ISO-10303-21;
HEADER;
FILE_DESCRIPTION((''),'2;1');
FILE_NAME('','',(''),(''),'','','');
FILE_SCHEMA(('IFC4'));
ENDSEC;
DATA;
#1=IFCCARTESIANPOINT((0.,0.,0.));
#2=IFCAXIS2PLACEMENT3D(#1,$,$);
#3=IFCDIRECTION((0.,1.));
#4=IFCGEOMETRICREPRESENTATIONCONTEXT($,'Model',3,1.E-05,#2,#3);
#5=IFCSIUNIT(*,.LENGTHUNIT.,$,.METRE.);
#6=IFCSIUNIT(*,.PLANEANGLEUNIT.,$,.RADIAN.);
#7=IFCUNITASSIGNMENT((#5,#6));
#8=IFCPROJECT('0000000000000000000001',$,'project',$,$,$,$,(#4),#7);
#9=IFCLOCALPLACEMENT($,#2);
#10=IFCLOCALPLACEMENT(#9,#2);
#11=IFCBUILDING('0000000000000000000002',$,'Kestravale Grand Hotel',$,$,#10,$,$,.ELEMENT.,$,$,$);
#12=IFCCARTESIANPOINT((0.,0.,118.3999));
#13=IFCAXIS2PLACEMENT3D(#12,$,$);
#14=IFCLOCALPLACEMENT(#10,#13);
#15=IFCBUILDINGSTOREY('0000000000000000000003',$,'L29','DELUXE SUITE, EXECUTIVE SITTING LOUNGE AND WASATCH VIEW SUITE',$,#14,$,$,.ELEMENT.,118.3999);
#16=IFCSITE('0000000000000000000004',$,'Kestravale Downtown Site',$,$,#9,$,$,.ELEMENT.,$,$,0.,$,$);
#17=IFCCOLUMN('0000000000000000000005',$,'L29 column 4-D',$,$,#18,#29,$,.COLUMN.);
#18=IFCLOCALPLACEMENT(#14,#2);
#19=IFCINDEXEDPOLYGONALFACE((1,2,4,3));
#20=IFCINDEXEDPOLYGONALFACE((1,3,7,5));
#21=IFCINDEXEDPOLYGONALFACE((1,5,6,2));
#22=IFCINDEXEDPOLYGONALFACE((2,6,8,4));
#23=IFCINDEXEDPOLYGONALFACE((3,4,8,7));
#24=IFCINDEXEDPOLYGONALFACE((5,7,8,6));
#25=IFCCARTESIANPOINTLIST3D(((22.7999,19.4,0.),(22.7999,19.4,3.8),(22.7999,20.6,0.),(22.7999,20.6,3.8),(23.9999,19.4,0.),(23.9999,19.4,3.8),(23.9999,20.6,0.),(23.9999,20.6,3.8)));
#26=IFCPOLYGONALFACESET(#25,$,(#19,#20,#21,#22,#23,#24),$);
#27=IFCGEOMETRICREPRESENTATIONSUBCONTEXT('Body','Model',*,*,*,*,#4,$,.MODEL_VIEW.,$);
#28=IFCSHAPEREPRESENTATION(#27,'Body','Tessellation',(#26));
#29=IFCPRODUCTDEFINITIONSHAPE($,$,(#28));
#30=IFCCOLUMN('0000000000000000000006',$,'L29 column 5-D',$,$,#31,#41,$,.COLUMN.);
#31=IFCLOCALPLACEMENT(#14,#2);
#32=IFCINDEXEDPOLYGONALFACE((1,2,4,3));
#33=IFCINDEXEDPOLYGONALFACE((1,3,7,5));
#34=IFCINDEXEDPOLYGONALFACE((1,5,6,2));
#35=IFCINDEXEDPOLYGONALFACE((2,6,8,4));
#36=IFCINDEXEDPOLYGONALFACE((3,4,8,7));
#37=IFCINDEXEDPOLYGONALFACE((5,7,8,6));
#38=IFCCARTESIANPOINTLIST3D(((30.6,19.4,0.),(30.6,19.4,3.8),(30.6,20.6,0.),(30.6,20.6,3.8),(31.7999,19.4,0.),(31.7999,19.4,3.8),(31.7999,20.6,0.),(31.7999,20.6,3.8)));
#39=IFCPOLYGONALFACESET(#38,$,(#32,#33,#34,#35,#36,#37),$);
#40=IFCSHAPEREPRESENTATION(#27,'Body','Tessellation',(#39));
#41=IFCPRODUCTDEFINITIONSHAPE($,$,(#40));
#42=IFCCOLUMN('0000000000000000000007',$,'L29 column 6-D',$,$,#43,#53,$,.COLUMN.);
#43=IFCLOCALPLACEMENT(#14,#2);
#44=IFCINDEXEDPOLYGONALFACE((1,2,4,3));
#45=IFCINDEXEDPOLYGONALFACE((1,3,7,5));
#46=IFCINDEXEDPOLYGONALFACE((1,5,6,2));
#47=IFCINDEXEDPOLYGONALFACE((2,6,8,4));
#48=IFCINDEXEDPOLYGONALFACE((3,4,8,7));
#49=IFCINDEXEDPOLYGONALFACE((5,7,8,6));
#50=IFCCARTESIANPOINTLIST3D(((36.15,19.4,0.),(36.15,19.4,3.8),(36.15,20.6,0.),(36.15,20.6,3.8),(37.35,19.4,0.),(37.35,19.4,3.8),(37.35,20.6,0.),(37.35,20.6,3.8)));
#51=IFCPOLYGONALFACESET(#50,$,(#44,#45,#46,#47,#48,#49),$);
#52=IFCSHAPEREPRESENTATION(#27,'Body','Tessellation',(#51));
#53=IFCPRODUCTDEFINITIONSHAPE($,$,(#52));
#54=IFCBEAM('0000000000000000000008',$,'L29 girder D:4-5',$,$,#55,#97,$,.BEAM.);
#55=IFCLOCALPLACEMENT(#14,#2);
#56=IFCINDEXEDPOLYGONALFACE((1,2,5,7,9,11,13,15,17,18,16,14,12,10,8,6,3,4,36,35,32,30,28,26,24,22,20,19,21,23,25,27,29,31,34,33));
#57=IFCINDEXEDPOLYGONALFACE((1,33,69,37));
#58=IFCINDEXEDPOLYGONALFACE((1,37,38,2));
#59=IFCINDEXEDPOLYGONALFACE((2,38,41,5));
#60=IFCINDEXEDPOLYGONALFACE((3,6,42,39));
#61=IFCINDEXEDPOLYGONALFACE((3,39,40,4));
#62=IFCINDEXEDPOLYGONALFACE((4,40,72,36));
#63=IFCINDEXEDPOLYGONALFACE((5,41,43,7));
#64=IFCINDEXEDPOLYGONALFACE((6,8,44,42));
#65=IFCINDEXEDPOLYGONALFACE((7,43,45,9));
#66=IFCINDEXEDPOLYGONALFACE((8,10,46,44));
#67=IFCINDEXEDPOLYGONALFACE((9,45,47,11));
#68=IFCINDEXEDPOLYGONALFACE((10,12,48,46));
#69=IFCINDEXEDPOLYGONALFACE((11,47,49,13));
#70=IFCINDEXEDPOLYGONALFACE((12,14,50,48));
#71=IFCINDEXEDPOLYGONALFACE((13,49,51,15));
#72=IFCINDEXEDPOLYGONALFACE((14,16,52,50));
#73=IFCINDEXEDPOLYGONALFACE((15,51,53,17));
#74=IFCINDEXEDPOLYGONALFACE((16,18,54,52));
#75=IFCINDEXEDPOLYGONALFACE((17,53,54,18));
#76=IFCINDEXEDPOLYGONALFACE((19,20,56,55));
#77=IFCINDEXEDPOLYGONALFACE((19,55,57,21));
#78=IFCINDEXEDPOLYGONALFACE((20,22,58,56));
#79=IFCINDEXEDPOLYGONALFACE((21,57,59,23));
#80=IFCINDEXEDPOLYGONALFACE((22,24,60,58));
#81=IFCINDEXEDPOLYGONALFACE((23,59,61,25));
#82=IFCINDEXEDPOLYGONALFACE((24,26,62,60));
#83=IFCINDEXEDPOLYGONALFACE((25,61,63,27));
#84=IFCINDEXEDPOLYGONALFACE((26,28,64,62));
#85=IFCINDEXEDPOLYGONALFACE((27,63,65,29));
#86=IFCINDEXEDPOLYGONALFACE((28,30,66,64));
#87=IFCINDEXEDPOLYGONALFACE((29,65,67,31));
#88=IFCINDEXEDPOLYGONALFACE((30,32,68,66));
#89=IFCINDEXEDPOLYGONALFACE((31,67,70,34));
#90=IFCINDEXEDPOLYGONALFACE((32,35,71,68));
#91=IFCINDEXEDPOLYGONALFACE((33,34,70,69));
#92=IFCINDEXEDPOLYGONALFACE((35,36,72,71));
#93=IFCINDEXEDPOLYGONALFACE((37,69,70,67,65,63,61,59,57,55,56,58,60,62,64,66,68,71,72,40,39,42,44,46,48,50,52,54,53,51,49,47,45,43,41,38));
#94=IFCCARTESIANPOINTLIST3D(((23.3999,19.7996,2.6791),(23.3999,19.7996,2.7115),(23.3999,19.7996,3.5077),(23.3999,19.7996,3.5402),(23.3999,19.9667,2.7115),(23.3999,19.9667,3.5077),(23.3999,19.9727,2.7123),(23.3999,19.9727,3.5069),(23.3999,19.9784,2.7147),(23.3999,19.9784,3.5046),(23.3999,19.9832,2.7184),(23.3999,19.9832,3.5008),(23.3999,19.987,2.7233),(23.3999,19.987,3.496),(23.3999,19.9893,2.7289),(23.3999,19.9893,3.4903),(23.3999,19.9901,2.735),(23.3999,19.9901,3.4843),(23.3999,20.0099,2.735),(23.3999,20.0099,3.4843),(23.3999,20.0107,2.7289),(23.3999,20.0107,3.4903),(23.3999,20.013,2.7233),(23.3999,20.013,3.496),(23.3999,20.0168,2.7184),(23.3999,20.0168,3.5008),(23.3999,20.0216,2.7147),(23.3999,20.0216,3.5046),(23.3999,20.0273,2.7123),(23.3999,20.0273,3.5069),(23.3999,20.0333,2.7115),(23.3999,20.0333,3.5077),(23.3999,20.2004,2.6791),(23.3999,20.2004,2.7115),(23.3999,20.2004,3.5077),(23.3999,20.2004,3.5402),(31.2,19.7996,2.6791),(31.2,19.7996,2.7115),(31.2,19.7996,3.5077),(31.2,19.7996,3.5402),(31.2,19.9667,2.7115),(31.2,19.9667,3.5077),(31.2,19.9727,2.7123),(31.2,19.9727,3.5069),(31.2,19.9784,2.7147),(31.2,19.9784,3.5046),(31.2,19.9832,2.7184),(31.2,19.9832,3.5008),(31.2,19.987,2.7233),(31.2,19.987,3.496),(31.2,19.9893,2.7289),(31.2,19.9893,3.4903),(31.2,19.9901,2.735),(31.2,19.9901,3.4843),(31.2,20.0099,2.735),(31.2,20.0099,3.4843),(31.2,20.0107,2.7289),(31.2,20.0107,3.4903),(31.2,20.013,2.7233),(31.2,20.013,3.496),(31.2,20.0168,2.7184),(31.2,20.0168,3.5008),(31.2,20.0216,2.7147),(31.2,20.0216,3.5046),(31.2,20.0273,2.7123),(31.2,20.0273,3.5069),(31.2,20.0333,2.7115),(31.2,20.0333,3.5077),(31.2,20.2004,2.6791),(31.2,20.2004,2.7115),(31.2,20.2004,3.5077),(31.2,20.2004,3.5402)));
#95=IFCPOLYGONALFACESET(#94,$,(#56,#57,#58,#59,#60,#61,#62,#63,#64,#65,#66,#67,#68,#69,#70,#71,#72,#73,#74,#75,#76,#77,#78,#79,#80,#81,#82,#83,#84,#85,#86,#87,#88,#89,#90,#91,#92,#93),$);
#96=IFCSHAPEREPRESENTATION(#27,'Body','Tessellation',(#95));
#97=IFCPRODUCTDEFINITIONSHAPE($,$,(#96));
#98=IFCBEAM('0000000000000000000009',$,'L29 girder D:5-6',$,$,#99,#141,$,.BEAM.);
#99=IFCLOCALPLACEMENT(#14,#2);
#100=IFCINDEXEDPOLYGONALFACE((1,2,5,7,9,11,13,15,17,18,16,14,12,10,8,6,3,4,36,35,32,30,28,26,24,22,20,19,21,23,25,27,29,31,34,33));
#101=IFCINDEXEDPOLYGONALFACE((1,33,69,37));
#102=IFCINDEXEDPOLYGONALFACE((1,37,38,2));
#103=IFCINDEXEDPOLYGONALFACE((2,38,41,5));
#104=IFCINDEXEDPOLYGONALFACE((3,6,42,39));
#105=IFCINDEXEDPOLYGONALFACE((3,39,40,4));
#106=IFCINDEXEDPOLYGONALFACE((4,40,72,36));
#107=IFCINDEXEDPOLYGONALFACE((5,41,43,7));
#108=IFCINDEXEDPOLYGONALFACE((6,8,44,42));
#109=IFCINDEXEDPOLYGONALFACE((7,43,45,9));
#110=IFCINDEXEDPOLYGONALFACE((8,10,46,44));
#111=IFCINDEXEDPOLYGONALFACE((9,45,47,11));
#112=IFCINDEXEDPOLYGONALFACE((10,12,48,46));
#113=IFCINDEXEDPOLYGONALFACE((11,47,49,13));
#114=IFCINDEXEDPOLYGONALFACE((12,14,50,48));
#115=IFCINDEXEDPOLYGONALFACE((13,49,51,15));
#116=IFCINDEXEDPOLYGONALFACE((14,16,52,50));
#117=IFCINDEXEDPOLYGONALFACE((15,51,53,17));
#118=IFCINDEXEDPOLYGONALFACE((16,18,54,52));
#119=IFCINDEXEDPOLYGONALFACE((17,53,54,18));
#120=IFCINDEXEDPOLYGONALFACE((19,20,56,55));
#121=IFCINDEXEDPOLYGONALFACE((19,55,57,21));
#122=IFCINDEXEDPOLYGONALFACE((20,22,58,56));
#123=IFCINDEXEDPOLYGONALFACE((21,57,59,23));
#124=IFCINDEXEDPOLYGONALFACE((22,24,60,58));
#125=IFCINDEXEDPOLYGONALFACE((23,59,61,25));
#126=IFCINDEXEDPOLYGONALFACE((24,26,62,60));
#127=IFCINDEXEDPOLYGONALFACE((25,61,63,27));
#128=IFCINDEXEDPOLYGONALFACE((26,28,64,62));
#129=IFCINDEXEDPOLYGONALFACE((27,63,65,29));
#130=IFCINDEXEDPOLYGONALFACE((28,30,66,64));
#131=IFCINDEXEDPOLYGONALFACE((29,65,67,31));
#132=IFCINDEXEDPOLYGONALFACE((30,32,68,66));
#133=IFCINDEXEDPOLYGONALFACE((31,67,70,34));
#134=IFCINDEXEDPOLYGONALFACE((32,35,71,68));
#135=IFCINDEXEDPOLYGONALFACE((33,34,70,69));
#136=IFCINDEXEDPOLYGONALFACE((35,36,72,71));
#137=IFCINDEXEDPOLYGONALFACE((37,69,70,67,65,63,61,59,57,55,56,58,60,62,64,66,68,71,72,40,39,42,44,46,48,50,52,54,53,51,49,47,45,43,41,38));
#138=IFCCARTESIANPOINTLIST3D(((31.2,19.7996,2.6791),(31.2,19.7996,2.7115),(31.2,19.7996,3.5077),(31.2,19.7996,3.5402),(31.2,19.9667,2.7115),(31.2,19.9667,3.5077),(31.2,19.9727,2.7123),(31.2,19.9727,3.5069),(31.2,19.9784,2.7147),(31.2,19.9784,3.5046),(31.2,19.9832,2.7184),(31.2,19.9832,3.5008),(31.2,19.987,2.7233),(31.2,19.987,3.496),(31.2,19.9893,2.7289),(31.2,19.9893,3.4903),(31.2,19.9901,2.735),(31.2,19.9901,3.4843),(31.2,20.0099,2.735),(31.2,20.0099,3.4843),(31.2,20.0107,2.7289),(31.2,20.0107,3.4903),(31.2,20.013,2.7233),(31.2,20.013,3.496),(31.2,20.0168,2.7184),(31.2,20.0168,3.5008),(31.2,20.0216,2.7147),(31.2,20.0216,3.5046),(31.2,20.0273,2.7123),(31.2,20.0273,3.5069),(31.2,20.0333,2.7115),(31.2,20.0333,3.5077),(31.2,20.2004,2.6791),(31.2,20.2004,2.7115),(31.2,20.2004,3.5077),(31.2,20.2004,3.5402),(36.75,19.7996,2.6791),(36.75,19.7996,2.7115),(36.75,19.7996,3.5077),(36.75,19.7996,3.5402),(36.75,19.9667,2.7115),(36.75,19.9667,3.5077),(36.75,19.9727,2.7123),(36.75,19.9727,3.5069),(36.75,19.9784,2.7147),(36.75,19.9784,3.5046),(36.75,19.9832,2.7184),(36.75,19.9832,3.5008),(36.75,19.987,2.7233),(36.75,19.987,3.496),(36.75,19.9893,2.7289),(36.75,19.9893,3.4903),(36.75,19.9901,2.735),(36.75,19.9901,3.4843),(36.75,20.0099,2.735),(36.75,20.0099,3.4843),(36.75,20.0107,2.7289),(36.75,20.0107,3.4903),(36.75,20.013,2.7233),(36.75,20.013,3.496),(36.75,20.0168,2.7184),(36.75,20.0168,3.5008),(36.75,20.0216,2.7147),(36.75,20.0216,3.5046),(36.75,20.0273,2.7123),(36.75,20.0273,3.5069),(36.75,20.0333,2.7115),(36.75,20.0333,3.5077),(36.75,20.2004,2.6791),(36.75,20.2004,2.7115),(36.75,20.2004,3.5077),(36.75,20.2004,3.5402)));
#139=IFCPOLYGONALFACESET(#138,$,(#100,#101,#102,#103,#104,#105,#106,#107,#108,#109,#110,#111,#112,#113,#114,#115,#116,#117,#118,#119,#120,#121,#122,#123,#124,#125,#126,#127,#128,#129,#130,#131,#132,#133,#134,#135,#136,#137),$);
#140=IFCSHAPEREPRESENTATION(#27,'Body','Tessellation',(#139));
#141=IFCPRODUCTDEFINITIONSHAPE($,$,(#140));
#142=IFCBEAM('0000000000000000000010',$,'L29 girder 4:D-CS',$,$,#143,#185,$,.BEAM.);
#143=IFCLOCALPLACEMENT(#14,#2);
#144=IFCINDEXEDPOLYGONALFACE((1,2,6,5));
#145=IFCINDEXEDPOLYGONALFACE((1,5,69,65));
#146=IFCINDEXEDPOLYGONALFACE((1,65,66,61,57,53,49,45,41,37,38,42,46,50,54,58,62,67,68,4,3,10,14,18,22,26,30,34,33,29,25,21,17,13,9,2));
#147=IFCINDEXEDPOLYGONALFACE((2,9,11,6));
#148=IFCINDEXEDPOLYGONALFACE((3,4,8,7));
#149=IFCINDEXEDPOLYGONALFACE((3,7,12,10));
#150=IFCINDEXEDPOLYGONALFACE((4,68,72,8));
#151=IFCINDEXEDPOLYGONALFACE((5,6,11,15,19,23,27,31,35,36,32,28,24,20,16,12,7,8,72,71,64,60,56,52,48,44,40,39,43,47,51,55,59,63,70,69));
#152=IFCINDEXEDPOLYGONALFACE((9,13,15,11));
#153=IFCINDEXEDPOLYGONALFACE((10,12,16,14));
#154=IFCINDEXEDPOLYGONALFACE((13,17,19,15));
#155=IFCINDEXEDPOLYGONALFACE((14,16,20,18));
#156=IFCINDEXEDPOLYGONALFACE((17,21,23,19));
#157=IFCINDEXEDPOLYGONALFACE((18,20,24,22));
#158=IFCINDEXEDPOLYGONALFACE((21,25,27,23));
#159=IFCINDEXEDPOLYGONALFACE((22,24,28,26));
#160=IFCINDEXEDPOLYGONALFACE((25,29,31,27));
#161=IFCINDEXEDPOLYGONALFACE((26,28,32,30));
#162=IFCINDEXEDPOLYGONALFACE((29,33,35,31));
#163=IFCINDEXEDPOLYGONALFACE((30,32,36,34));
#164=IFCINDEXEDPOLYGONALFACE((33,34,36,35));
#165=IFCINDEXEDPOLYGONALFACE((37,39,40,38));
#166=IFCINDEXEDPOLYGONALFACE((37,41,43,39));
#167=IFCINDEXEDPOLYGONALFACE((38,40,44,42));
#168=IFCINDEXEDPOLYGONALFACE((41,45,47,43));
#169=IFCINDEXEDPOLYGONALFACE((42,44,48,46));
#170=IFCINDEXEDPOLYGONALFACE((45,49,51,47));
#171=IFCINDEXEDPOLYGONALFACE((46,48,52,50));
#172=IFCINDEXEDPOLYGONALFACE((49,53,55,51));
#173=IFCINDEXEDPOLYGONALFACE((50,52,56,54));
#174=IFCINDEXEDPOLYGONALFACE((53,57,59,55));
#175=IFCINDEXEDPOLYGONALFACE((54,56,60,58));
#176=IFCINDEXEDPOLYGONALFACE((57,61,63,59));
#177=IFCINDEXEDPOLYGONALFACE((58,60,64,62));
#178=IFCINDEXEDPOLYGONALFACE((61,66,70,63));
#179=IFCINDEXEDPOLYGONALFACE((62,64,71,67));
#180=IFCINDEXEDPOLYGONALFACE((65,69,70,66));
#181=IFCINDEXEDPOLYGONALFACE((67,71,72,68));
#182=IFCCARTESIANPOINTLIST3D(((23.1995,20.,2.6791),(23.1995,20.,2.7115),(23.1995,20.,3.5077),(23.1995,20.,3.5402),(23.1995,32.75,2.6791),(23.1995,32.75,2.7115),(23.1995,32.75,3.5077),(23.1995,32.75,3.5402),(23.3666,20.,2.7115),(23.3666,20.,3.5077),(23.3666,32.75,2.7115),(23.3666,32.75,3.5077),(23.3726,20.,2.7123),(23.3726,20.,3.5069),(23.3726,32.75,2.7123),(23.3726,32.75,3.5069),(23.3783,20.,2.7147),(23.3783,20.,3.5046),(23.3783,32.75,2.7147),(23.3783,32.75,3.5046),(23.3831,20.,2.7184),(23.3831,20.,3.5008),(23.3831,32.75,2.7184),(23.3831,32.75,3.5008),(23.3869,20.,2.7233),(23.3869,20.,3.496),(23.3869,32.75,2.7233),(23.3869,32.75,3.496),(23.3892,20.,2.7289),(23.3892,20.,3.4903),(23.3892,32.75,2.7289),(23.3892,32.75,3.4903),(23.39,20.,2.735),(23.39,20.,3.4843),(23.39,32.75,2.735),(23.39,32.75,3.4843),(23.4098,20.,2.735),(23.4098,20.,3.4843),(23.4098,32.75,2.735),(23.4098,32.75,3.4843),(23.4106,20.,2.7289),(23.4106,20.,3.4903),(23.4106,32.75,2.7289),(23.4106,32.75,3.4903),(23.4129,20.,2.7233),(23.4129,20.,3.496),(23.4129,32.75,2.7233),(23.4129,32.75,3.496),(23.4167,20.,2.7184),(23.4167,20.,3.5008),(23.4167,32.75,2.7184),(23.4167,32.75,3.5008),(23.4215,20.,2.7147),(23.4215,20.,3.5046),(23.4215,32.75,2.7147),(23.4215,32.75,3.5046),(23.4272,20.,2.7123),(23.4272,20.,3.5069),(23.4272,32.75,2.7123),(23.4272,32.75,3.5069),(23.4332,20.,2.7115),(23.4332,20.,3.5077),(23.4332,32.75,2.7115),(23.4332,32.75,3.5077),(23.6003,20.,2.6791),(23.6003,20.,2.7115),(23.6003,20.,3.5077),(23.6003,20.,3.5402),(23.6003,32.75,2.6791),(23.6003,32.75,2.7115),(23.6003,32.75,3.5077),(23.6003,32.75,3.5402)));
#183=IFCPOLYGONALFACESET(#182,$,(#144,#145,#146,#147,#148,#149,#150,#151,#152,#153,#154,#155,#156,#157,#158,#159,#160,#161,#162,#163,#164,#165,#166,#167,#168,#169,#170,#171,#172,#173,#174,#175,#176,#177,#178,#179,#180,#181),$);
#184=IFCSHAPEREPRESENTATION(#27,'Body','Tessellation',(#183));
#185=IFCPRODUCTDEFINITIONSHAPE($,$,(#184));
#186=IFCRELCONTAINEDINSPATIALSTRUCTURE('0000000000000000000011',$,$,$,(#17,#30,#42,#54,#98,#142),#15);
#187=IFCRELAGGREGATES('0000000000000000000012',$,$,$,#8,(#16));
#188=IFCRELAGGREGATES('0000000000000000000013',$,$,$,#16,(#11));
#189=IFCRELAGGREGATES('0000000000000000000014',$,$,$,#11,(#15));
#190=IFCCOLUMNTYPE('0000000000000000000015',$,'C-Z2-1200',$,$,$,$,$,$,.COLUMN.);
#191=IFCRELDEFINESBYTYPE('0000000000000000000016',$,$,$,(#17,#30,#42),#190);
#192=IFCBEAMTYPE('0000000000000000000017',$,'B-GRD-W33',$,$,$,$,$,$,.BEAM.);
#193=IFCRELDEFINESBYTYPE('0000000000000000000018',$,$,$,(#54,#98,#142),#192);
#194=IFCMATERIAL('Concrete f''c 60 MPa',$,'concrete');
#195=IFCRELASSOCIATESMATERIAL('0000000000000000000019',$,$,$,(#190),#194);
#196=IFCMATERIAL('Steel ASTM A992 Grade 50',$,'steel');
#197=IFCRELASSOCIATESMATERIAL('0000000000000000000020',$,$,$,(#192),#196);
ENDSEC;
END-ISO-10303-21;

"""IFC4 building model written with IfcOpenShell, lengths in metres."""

from ifc_helpers import new_model, si_unit, direction, frame, origin, origin_2d, place, context, subcontext, project, spatial, rectangle, i_section, extrude, material, material_profile, profile_set, type_object, element, save


model = new_model("IFC4")

# Units and contexts
model_context = context("Model", 3, precision=1e-05, world=origin(), true_north=direction((0.0, 1.0)))
body_context = subcontext(model_context, "Body", "Model", "MODEL_VIEW")
ifc_project = project(units=[si_unit("LENGTHUNIT", "METRE"), si_unit("PLANEANGLEUNIT", "RADIAN")], contexts=[model_context])

# Site, building, storey
site_placement = place(None, origin())
site = spatial("IfcSite", under=ifc_project, at=site_placement, Name="Kestravale Downtown Site", CompositionType="ELEMENT", RefElevation=0.0)
building_placement = place(site_placement, origin())
building = spatial("IfcBuilding", under=site, at=building_placement, Name="Kestravale Grand Hotel", CompositionType="ELEMENT")
storey_placement = place(building_placement, frame((0.0, 0.0, 118.3999)))
storey = spatial("IfcBuildingStorey", under=building, at=storey_placement, Name="L29", Description="DELUXE SUITE, EXECUTIVE SITTING LOUNGE AND WASATCH VIEW SUITE", CompositionType="ELEMENT", Elevation=118.3999)

# Columns
ifc_material_1 = material(Name="Concrete f'c 60 MPa", Category="concrete")
ifc_material_profile_1 = material_profile(ifc_material_1, rectangle(XDim=1.2, YDim=1.2, at=origin_2d()))
ifc_profile_set_1 = profile_set([ifc_material_profile_1], Name="Concrete f'c 60 MPa")
column_type = type_object("IfcColumnType", Name="C-Z2-1200", PredefinedType="COLUMN", material=ifc_profile_set_1)
for number, where, z_axis, x_axis, name in (
    (1, (23.3999, 20.0, 0.0), (0.0, 0.0, 1.0), (1.0, 0.0, 0.0), "L29 column 4-D"),
    (2, (31.2, 20.0, 0.0), (0.0, 0.0, 1.0), (1.0, 0.0, 0.0), "L29 column 5-D"),
    (3, (36.75, 20.0, 0.0), (0.0, 0.0, 1.0), (1.0, 0.0, 0.0), "L29 column 6-D"),
):
    element("IfcColumn", number, at=place(storey_placement, frame(where, z_axis=z_axis, x_axis=x_axis)), inside=storey, type_object=column_type, Name=name, PredefinedType="COLUMN", context=body_context, shape_type="SweptSolid", body=[
        extrude(rectangle(XDim=1.2, YDim=1.2, at=origin_2d()), origin(), (0.0, 0.0, 1.0), 3.8),
    ])

# Beams
ifc_material_2 = material(Name="Steel ASTM A992 Grade 50", Category="steel")
ifc_material_profile_2 = material_profile(ifc_material_2, i_section(OverallWidth=0.4009, OverallDepth=0.8611, WebThickness=0.0198, FlangeThickness=0.0325, FilletRadius=0.0234, at=origin_2d()))
ifc_profile_set_2 = profile_set([ifc_material_profile_2], Name="Steel ASTM A992 Grade 50")
beam_type = type_object("IfcBeamType", Name="B-GRD-W33", PredefinedType="BEAM", material=ifc_profile_set_2)
beam_1_placement = place(storey_placement, frame((23.3999, 20.0, 3.1096), z_axis=(1.0, 0.0, 0.0), x_axis=(0.0, 1.0, 0.0)))
element("IfcBeam", 4, at=beam_1_placement, inside=storey, type_object=beam_type, Name="L29 girder D:4-5", PredefinedType="BEAM", context=body_context, shape_type="SweptSolid", body=[
    extrude(i_section(OverallWidth=0.4009, OverallDepth=0.8611, WebThickness=0.0198, FlangeThickness=0.0325, FilletRadius=0.0234, at=origin_2d()), origin(), (0.0, 0.0, 1.0), 7.8),
])
beam_2_placement = place(storey_placement, frame((31.2, 20.0, 3.1096), z_axis=(1.0, 0.0, 0.0), x_axis=(0.0, 1.0, 0.0)))
element("IfcBeam", 5, at=beam_2_placement, inside=storey, type_object=beam_type, Name="L29 girder D:5-6", PredefinedType="BEAM", context=body_context, shape_type="SweptSolid", body=[
    extrude(i_section(OverallWidth=0.4009, OverallDepth=0.8611, WebThickness=0.0198, FlangeThickness=0.0325, FilletRadius=0.0234, at=origin_2d()), origin(), (0.0, 0.0, 1.0), 5.55),
])
for number, where, z_axis, x_axis, name in (
    (6, (23.3999, 20.0, 3.1096), (0.0, 1.0, 0.0), (-1.0, 0.0, 0.0), "L29 girder 4:D-CS"),
):
    element("IfcBeam", number, at=place(storey_placement, frame(where, z_axis=z_axis, x_axis=x_axis)), inside=storey, type_object=beam_type, Name=name, PredefinedType="BEAM", context=body_context, shape_type="SweptSolid", body=[
        extrude(i_section(OverallWidth=0.4009, OverallDepth=0.8611, WebThickness=0.0198, FlangeThickness=0.0325, FilletRadius=0.0234, at=origin_2d()), origin(), (0.0, 0.0, 1.0), 12.75),
    ])

save(model, "model.ifc")
